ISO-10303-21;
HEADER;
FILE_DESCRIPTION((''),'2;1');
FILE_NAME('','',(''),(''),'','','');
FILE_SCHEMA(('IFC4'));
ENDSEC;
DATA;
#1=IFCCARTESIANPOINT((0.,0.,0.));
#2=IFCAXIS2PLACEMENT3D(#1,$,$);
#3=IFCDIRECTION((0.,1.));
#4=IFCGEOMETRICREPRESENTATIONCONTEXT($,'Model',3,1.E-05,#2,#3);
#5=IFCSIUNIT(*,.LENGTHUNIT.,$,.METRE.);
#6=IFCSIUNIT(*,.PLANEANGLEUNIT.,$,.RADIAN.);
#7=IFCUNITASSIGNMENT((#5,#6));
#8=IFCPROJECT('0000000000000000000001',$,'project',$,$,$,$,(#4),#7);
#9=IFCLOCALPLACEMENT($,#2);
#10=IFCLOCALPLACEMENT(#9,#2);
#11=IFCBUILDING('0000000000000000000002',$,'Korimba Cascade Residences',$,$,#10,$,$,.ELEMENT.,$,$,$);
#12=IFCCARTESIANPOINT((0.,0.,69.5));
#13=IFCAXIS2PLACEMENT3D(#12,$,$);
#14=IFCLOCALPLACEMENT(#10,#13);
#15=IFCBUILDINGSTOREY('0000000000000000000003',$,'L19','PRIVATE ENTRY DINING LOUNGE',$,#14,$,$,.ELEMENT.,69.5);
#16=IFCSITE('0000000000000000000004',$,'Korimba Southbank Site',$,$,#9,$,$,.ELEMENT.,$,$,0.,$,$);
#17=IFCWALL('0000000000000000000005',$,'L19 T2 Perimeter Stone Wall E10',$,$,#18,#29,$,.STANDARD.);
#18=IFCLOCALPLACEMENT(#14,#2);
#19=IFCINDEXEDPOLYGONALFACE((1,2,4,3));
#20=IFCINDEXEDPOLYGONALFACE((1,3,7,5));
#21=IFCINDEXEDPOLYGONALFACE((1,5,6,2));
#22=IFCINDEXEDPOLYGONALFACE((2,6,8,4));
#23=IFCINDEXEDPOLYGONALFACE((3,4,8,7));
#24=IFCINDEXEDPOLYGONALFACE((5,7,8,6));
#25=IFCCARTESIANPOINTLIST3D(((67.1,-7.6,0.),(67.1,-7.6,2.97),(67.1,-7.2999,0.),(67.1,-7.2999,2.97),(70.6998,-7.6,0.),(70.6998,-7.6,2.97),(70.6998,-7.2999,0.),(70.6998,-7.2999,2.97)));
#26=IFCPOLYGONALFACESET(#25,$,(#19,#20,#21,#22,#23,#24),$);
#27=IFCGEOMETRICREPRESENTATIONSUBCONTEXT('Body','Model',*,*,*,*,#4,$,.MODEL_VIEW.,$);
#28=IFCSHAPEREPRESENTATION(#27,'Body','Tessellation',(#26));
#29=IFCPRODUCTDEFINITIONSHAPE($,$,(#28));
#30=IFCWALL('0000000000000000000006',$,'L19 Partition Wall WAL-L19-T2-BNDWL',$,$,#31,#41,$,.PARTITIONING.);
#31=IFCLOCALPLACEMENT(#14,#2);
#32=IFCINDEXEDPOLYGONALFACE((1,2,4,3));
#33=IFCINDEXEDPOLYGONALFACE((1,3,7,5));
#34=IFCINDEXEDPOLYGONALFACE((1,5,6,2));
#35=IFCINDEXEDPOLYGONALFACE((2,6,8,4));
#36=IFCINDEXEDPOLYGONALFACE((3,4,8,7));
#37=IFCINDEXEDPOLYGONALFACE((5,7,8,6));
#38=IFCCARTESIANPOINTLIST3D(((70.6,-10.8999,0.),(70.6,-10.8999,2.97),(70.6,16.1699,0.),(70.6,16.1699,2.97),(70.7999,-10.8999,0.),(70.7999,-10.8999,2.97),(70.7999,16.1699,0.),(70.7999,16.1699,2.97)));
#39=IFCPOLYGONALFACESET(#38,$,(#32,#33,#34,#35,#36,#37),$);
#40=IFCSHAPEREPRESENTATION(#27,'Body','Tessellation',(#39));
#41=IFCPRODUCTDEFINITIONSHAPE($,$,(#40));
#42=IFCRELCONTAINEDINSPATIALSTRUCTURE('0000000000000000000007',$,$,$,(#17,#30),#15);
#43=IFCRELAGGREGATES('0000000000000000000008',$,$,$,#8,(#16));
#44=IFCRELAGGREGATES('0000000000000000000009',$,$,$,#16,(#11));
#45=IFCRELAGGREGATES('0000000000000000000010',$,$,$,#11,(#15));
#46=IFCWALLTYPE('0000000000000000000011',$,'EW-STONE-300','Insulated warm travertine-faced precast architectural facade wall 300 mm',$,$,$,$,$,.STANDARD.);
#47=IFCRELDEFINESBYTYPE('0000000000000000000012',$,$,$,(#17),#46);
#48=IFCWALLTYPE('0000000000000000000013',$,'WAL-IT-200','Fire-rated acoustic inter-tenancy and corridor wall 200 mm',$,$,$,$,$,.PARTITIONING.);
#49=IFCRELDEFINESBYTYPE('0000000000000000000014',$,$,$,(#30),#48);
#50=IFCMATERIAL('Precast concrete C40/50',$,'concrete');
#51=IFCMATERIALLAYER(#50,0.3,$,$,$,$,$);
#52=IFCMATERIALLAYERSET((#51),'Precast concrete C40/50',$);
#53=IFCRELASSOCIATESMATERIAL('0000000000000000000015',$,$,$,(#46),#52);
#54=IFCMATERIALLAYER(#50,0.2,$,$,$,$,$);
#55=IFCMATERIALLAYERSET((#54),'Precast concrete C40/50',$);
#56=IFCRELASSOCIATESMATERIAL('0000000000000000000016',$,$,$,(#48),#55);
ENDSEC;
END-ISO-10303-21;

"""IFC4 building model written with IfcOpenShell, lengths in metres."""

from ifc_helpers import new_model, si_unit, direction, frame, frame_2d, origin, place, context, subcontext, project, spatial, rectangle, extrude, material, layer, layer_set, type_object, element, save


model = new_model("IFC4")

# Units and contexts
model_context = context("Model", 3, precision=1e-05, world=origin(), true_north=direction((0.0, 1.0)))
body_context = subcontext(model_context, "Body", "Model", "MODEL_VIEW")
ifc_project = project(units=[si_unit("LENGTHUNIT", "METRE"), si_unit("PLANEANGLEUNIT", "RADIAN")], contexts=[model_context])

# Site, building, storey
site_placement = place(None, origin())
site = spatial("IfcSite", under=ifc_project, at=site_placement, Name="Korimba Southbank Site", CompositionType="ELEMENT", RefElevation=0.0)
building_placement = place(site_placement, origin())
building = spatial("IfcBuilding", under=site, at=building_placement, Name="Korimba Cascade Residences", CompositionType="ELEMENT")
storey_placement = place(building_placement, frame((0.0, 0.0, 69.5)))
storey = spatial("IfcBuildingStorey", under=building, at=storey_placement, Name="L19", Description="PRIVATE ENTRY DINING LOUNGE", CompositionType="ELEMENT", Elevation=69.5)

# Shared definitions
ifc_material_1 = material(Name="Precast concrete C40/50", Category="concrete")

# Walls
ifc_layer_1 = layer(ifc_material_1, 0.3)
ifc_layer_set_1 = layer_set([ifc_layer_1], Name="Precast concrete C40/50")
wall_type_1 = type_object("IfcWallType", Name="EW-STONE-300", Description="Insulated warm travertine-faced precast architectural facade wall 300 mm", PredefinedType="STANDARD", material=ifc_layer_set_1)
wall_1_placement = place(storey_placement, frame((67.1001, -7.45, 0.0), z_axis=(0.0, 0.0, 1.0), x_axis=(1.0, 0.0, 0.0)))
element("IfcWall", 1, at=wall_1_placement, inside=storey, type_object=wall_type_1, Name="L19 T2 Perimeter Stone Wall E10", PredefinedType="STANDARD", context=body_context, shape_type="SweptSolid", body=[
    extrude(rectangle(XDim=3.5999, YDim=0.3, at=frame_2d((1.7998, 0.0))), origin(), (0.0, 0.0, 1.0), 2.97),
])
ifc_layer_2 = layer(ifc_material_1, 0.2)
ifc_layer_set_2 = layer_set([ifc_layer_2], Name="Precast concrete C40/50")
wall_type_2 = type_object("IfcWallType", Name="WAL-IT-200", Description="Fire-rated acoustic inter-tenancy and corridor wall 200 mm", PredefinedType="PARTITIONING", material=ifc_layer_set_2)
wall_2_placement = place(storey_placement, frame((70.7, -10.8999, 0.0), z_axis=(0.0, 0.0, 1.0), x_axis=(0.0, 1.0, 0.0)))
element("IfcWall", 2, at=wall_2_placement, inside=storey, type_object=wall_type_2, Name="L19 Partition Wall WAL-L19-T2-BNDWL", PredefinedType="PARTITIONING", context=body_context, shape_type="SweptSolid", body=[
    extrude(rectangle(XDim=27.0698, YDim=0.2, at=frame_2d((13.5349, 0.0))), origin(), (0.0, 0.0, 1.0), 2.97),
])

save(model, "model.ifc")
